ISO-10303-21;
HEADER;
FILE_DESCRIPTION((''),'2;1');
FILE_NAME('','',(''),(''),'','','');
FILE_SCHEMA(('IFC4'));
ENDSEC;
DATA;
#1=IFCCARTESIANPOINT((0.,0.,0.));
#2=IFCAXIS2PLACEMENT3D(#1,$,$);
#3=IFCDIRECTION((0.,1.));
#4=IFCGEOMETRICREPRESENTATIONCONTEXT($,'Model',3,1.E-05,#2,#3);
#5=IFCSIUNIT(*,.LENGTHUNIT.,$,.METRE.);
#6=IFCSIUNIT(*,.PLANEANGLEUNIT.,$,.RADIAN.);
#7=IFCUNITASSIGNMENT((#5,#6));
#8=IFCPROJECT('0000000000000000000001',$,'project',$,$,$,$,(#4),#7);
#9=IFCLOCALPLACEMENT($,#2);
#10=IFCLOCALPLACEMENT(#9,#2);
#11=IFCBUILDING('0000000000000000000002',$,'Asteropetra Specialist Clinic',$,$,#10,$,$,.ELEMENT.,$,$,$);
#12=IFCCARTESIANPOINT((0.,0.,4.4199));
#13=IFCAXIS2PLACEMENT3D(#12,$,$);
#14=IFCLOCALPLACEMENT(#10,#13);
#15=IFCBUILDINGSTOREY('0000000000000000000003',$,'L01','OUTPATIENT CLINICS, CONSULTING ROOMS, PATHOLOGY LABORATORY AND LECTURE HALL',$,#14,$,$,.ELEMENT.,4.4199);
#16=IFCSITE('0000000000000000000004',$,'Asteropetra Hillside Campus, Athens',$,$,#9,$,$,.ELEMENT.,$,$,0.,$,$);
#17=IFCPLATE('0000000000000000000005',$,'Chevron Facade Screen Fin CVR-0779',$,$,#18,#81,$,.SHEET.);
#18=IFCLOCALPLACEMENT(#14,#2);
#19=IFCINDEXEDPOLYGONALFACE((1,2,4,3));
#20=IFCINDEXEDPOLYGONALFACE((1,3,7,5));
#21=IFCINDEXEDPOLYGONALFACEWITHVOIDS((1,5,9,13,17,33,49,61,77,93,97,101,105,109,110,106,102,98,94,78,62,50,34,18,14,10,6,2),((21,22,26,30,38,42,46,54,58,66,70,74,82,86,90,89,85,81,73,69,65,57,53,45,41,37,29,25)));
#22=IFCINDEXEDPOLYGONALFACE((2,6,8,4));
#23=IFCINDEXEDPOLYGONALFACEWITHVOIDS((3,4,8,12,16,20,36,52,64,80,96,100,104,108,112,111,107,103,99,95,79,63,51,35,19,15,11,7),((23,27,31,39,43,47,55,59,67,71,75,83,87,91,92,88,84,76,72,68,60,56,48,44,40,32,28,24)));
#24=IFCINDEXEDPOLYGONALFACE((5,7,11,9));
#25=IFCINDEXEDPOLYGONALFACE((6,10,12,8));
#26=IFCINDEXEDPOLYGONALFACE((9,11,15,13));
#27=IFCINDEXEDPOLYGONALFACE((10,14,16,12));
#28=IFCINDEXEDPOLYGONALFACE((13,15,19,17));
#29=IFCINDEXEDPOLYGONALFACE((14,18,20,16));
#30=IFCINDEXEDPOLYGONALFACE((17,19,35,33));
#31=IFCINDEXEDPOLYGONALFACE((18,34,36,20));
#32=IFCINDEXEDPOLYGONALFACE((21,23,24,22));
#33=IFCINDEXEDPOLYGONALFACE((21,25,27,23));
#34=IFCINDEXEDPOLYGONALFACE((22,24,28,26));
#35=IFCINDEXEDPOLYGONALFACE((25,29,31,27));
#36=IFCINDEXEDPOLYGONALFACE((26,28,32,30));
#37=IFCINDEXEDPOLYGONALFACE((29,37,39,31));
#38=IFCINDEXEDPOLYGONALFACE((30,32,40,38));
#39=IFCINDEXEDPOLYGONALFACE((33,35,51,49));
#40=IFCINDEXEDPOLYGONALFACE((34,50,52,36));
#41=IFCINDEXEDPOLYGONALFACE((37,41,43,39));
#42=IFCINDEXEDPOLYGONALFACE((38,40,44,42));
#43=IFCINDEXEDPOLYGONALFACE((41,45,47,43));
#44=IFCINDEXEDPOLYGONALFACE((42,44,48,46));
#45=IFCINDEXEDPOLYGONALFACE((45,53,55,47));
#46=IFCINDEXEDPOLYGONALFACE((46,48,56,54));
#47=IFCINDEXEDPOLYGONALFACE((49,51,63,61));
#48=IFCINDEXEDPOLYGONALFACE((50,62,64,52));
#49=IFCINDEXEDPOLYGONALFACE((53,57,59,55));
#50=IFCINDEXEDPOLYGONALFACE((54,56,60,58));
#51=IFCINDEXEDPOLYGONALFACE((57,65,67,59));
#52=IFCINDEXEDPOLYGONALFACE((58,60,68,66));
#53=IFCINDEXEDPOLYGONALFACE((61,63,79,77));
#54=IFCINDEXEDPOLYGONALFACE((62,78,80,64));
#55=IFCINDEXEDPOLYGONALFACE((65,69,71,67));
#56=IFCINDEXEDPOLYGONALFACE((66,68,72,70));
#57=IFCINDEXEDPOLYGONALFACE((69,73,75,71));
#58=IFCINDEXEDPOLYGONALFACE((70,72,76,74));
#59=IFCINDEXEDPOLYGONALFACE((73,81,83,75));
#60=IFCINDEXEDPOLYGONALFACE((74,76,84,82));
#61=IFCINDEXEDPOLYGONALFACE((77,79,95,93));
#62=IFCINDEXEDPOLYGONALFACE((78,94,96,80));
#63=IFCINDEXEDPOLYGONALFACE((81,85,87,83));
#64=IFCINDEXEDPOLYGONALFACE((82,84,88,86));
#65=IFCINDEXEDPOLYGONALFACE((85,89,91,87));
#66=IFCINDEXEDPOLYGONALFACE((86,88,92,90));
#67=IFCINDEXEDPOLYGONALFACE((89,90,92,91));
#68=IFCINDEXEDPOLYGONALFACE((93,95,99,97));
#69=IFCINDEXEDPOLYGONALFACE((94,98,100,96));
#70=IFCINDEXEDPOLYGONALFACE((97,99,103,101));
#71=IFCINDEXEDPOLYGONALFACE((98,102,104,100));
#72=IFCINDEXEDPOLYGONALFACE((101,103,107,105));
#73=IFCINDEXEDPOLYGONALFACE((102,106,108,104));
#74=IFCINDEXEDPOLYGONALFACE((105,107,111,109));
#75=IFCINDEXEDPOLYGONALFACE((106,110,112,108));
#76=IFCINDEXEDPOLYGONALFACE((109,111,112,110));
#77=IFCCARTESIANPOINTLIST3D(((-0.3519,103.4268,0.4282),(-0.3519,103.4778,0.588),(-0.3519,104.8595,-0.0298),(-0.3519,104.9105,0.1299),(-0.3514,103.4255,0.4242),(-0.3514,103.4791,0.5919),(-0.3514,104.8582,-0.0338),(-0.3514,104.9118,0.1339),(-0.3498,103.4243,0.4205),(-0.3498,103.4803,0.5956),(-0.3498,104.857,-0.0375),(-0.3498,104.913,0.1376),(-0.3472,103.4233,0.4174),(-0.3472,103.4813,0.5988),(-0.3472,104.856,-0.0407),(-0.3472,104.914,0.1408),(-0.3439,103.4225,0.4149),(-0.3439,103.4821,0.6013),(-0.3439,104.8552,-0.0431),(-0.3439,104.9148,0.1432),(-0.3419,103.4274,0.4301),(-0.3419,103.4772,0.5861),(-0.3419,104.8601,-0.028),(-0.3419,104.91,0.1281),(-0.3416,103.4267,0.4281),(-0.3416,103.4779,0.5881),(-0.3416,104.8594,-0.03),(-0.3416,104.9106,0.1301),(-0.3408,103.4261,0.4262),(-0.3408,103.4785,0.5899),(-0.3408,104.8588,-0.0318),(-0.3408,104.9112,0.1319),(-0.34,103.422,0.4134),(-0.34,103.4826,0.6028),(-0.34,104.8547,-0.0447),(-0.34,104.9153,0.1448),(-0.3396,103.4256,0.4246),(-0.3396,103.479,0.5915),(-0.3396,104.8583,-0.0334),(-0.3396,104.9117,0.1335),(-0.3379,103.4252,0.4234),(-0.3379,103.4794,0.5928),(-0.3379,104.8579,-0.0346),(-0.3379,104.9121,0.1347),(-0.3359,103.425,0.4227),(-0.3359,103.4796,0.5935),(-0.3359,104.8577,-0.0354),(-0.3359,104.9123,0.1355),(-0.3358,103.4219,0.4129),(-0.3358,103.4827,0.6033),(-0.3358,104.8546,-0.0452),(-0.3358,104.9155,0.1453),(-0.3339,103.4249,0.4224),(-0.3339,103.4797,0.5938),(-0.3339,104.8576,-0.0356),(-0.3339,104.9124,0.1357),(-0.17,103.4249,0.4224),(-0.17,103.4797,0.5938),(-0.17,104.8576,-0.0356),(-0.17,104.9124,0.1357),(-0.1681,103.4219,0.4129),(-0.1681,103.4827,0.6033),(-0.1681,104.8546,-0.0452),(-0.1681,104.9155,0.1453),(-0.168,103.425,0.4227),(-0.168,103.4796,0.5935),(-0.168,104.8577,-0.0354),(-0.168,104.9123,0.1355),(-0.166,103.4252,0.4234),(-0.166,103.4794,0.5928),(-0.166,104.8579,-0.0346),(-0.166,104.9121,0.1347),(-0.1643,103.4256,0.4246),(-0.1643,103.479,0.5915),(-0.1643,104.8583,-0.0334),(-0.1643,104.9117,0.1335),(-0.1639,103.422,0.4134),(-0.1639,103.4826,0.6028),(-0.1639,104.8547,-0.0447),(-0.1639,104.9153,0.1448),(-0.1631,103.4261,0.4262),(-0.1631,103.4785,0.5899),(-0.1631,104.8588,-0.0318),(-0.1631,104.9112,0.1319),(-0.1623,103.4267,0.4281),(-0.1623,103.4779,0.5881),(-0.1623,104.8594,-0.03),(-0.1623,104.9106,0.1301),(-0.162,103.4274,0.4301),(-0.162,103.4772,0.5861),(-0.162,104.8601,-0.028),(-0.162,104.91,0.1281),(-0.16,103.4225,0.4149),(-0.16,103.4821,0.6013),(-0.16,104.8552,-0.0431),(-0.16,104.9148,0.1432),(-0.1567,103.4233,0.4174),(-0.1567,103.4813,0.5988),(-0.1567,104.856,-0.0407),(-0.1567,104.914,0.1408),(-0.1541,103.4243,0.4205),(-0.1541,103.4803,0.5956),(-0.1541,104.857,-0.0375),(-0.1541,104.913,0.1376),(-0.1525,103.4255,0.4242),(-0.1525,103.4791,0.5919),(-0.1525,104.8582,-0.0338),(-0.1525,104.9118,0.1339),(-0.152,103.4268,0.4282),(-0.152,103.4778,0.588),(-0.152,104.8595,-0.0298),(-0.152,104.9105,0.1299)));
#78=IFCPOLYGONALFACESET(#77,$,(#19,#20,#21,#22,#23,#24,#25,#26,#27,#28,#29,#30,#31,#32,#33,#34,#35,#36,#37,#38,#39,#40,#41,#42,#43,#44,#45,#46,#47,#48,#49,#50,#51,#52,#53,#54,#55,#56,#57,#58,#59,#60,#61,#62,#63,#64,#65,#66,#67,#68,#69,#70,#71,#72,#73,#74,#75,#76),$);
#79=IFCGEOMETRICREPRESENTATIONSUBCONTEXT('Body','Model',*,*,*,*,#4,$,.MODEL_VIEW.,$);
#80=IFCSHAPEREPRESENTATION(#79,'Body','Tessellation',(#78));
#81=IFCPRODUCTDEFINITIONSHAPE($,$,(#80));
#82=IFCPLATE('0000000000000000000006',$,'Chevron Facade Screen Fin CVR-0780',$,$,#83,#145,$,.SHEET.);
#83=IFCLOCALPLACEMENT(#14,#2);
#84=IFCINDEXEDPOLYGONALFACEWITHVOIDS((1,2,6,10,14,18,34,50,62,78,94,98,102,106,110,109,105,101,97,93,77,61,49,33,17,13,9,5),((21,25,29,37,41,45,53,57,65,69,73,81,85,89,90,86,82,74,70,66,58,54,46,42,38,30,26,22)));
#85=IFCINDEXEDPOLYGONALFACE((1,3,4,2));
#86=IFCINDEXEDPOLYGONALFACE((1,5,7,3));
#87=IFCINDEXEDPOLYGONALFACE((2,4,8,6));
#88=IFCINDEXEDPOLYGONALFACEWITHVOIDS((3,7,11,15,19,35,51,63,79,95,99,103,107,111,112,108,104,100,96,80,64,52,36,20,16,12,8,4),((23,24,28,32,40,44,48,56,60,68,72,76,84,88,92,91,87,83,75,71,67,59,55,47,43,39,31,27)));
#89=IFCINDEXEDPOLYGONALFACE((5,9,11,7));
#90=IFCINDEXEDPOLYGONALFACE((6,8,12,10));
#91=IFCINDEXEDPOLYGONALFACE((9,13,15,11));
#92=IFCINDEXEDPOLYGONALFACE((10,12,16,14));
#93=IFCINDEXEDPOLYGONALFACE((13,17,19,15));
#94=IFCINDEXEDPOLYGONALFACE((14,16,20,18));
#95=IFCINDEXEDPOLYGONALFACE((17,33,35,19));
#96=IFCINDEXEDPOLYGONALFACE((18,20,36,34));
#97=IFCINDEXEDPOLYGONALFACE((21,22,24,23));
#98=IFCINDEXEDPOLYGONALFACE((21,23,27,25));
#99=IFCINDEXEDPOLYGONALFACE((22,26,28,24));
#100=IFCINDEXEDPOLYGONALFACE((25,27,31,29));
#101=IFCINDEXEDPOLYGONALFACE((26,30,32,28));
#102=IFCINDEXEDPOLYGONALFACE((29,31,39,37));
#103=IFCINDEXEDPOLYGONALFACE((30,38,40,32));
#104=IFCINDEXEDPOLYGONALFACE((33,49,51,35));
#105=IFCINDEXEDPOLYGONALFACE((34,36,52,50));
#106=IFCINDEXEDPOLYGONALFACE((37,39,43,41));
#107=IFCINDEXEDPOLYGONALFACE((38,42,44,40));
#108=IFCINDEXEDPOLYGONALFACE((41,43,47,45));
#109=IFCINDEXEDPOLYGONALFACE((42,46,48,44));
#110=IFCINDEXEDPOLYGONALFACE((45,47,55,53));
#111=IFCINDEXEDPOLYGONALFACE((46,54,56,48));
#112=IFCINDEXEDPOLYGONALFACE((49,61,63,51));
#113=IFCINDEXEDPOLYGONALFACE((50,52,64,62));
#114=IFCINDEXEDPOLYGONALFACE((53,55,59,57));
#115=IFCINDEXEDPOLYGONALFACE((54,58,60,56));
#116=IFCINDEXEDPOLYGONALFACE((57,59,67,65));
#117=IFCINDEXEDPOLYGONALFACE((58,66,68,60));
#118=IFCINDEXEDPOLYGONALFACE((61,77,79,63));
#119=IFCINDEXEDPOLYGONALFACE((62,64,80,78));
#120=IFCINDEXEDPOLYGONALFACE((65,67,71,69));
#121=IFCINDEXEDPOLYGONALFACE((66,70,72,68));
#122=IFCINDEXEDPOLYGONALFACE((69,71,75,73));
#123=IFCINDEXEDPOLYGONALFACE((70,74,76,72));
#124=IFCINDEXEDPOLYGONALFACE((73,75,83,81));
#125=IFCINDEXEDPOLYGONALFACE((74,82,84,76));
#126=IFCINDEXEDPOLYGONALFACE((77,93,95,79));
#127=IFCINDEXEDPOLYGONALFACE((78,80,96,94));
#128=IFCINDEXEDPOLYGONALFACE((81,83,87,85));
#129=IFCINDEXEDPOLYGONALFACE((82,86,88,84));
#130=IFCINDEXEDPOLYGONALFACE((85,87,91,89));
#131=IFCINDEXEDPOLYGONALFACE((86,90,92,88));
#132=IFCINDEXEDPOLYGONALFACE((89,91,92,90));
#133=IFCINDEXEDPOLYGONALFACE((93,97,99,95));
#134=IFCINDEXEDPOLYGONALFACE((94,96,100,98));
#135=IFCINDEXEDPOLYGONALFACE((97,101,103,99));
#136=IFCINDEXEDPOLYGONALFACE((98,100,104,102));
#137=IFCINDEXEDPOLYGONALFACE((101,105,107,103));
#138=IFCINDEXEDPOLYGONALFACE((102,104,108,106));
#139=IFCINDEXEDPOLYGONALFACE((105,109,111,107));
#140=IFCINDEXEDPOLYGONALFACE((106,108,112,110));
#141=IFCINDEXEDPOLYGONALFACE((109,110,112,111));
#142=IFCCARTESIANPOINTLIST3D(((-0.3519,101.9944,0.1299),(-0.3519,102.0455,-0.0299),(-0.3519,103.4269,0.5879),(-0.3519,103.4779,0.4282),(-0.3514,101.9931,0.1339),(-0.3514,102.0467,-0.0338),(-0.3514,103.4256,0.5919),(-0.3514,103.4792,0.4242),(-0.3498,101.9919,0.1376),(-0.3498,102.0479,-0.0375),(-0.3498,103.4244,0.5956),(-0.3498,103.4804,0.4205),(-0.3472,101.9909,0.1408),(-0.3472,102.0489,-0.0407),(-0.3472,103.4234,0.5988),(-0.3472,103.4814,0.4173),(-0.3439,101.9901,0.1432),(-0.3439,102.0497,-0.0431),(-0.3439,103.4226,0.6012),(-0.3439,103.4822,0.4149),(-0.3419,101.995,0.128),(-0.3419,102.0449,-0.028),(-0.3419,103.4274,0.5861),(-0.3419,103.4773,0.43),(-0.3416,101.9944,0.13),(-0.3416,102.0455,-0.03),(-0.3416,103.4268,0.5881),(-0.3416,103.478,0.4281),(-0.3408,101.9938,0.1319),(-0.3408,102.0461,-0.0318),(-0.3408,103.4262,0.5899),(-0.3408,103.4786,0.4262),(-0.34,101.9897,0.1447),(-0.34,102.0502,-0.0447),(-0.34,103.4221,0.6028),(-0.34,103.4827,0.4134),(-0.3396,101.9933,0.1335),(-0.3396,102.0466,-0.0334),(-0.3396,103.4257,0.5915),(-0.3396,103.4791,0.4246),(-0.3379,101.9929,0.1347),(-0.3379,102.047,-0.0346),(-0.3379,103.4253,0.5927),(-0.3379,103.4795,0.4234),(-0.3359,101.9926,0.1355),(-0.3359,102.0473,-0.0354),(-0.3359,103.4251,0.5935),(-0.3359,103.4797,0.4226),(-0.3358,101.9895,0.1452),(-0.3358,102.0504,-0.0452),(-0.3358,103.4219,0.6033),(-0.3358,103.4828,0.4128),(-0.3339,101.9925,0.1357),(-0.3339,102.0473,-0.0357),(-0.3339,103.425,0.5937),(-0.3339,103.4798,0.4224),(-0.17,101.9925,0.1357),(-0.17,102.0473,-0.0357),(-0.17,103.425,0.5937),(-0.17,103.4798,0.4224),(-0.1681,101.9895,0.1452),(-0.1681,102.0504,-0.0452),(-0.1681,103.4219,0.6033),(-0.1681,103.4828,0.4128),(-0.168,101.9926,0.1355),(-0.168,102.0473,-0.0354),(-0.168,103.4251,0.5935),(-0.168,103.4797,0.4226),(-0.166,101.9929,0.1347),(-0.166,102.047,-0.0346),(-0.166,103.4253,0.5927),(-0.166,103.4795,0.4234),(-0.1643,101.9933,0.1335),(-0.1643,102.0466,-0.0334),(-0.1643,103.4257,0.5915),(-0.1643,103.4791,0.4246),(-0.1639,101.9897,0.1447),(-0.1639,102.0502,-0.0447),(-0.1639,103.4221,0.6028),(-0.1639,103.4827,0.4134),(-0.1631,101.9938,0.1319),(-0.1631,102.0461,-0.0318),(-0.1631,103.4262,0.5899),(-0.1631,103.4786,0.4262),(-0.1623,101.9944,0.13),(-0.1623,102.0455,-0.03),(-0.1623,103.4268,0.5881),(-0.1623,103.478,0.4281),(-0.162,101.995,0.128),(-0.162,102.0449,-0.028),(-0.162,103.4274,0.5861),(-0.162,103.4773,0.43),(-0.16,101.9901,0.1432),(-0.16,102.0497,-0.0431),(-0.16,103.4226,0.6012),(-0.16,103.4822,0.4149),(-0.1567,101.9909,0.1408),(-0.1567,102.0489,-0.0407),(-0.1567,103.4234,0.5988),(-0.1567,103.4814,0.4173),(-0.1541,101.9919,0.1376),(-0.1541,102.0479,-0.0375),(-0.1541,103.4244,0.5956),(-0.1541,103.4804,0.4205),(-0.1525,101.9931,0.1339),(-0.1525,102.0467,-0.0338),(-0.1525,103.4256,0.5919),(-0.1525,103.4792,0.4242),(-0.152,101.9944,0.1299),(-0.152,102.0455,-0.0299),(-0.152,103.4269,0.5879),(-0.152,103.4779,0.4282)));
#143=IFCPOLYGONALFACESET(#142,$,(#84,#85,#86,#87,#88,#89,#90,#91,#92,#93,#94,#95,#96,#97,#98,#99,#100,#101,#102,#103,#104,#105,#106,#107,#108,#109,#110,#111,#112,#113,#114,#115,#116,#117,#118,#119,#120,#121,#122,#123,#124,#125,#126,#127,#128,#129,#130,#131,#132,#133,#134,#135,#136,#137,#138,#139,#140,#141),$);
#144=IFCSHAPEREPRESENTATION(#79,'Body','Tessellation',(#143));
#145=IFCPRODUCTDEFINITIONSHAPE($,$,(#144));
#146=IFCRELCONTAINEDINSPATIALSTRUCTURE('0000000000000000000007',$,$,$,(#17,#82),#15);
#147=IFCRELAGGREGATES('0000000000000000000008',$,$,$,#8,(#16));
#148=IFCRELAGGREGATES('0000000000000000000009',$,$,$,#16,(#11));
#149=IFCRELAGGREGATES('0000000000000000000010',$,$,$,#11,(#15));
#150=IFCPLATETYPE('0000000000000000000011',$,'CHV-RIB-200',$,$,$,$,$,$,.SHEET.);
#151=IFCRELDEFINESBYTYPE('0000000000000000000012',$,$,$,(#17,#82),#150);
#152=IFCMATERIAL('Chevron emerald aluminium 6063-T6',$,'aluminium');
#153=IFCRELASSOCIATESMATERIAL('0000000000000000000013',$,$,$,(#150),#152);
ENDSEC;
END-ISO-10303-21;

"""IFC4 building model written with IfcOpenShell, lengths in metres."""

from ifc_helpers import new_model, si_unit, direction, frame, origin, origin_2d, place, context, subcontext, project, spatial, hollow_rectangle, extrude, material, material_profile, profile_set, type_object, element, save


model = new_model("IFC4")

# Units and contexts
model_context = context("Model", 3, precision=1e-05, world=origin(), true_north=direction((0.0, 1.0)))
body_context = subcontext(model_context, "Body", "Model", "MODEL_VIEW")
ifc_project = project(units=[si_unit("LENGTHUNIT", "METRE"), si_unit("PLANEANGLEUNIT", "RADIAN")], contexts=[model_context])

# Site, building, storey
site_placement = place(None, origin())
site = spatial("IfcSite", under=ifc_project, at=site_placement, Name="Asteropetra Hillside Campus, Athens", CompositionType="ELEMENT", RefElevation=0.0)
building_placement = place(site_placement, origin())
building = spatial("IfcBuilding", under=site, at=building_placement, Name="Asteropetra Specialist Clinic", CompositionType="ELEMENT")
storey_placement = place(building_placement, frame((0.0, 0.0, 4.4199)))
storey = spatial("IfcBuildingStorey", under=building, at=storey_placement, Name="L01", Description="OUTPATIENT CLINICS, CONSULTING ROOMS, PATHOLOGY LABORATORY AND LECTURE HALL", CompositionType="ELEMENT", Elevation=4.4199)

# Plates
ifc_material_1 = material(Name="Chevron emerald aluminium 6063-T6", Category="aluminium")
ifc_material_profile = material_profile(ifc_material_1, hollow_rectangle(XDim=0.2, YDim=0.2, WallThickness=0.01, InnerFilletRadius=0.0081, OuterFilletRadius=0.0161, at=origin_2d()), Name="SHS 200x200x10.0")
ifc_profile_set = profile_set([ifc_material_profile], Name="Chevron emerald aluminium 6063-T6")
plate_type = type_object("IfcPlateType", Name="CHV-RIB-200", PredefinedType="SHEET", material=ifc_profile_set)
plate_1_placement = place(storey_placement, frame((-0.252, 104.885, 0.05), z_axis=(0.0, -0.952507, 0.304517), x_axis=(1.0, 0.0, 0.0)))
element("IfcPlate", 1, at=plate_1_placement, inside=storey, type_object=plate_type, Name="Chevron Facade Screen Fin CVR-0779", PredefinedType="SHEET", context=body_context, shape_type="SweptSolid", body=[
    extrude(hollow_rectangle(XDim=0.2, YDim=0.2, WallThickness=0.01, InnerFilletRadius=0.0081, OuterFilletRadius=0.0161, at=origin_2d()), origin(), (0.0, 0.0, 1.0), 1.5042),
])
plate_2_placement = place(storey_placement, frame((-0.252, 103.4524, 0.5081), z_axis=(0.0, -0.952492, -0.304564), x_axis=(1.0, 0.0, 0.0)))
element("IfcPlate", 2, at=plate_2_placement, inside=storey, type_object=plate_type, Name="Chevron Facade Screen Fin CVR-0780", PredefinedType="SHEET", context=body_context, shape_type="SweptSolid", body=[
    extrude(hollow_rectangle(XDim=0.2, YDim=0.2, WallThickness=0.01, InnerFilletRadius=0.0081, OuterFilletRadius=0.0161, at=origin_2d()), origin(), (0.0, 0.0, 1.0), 1.5039),
])

save(model, "model.ifc")
